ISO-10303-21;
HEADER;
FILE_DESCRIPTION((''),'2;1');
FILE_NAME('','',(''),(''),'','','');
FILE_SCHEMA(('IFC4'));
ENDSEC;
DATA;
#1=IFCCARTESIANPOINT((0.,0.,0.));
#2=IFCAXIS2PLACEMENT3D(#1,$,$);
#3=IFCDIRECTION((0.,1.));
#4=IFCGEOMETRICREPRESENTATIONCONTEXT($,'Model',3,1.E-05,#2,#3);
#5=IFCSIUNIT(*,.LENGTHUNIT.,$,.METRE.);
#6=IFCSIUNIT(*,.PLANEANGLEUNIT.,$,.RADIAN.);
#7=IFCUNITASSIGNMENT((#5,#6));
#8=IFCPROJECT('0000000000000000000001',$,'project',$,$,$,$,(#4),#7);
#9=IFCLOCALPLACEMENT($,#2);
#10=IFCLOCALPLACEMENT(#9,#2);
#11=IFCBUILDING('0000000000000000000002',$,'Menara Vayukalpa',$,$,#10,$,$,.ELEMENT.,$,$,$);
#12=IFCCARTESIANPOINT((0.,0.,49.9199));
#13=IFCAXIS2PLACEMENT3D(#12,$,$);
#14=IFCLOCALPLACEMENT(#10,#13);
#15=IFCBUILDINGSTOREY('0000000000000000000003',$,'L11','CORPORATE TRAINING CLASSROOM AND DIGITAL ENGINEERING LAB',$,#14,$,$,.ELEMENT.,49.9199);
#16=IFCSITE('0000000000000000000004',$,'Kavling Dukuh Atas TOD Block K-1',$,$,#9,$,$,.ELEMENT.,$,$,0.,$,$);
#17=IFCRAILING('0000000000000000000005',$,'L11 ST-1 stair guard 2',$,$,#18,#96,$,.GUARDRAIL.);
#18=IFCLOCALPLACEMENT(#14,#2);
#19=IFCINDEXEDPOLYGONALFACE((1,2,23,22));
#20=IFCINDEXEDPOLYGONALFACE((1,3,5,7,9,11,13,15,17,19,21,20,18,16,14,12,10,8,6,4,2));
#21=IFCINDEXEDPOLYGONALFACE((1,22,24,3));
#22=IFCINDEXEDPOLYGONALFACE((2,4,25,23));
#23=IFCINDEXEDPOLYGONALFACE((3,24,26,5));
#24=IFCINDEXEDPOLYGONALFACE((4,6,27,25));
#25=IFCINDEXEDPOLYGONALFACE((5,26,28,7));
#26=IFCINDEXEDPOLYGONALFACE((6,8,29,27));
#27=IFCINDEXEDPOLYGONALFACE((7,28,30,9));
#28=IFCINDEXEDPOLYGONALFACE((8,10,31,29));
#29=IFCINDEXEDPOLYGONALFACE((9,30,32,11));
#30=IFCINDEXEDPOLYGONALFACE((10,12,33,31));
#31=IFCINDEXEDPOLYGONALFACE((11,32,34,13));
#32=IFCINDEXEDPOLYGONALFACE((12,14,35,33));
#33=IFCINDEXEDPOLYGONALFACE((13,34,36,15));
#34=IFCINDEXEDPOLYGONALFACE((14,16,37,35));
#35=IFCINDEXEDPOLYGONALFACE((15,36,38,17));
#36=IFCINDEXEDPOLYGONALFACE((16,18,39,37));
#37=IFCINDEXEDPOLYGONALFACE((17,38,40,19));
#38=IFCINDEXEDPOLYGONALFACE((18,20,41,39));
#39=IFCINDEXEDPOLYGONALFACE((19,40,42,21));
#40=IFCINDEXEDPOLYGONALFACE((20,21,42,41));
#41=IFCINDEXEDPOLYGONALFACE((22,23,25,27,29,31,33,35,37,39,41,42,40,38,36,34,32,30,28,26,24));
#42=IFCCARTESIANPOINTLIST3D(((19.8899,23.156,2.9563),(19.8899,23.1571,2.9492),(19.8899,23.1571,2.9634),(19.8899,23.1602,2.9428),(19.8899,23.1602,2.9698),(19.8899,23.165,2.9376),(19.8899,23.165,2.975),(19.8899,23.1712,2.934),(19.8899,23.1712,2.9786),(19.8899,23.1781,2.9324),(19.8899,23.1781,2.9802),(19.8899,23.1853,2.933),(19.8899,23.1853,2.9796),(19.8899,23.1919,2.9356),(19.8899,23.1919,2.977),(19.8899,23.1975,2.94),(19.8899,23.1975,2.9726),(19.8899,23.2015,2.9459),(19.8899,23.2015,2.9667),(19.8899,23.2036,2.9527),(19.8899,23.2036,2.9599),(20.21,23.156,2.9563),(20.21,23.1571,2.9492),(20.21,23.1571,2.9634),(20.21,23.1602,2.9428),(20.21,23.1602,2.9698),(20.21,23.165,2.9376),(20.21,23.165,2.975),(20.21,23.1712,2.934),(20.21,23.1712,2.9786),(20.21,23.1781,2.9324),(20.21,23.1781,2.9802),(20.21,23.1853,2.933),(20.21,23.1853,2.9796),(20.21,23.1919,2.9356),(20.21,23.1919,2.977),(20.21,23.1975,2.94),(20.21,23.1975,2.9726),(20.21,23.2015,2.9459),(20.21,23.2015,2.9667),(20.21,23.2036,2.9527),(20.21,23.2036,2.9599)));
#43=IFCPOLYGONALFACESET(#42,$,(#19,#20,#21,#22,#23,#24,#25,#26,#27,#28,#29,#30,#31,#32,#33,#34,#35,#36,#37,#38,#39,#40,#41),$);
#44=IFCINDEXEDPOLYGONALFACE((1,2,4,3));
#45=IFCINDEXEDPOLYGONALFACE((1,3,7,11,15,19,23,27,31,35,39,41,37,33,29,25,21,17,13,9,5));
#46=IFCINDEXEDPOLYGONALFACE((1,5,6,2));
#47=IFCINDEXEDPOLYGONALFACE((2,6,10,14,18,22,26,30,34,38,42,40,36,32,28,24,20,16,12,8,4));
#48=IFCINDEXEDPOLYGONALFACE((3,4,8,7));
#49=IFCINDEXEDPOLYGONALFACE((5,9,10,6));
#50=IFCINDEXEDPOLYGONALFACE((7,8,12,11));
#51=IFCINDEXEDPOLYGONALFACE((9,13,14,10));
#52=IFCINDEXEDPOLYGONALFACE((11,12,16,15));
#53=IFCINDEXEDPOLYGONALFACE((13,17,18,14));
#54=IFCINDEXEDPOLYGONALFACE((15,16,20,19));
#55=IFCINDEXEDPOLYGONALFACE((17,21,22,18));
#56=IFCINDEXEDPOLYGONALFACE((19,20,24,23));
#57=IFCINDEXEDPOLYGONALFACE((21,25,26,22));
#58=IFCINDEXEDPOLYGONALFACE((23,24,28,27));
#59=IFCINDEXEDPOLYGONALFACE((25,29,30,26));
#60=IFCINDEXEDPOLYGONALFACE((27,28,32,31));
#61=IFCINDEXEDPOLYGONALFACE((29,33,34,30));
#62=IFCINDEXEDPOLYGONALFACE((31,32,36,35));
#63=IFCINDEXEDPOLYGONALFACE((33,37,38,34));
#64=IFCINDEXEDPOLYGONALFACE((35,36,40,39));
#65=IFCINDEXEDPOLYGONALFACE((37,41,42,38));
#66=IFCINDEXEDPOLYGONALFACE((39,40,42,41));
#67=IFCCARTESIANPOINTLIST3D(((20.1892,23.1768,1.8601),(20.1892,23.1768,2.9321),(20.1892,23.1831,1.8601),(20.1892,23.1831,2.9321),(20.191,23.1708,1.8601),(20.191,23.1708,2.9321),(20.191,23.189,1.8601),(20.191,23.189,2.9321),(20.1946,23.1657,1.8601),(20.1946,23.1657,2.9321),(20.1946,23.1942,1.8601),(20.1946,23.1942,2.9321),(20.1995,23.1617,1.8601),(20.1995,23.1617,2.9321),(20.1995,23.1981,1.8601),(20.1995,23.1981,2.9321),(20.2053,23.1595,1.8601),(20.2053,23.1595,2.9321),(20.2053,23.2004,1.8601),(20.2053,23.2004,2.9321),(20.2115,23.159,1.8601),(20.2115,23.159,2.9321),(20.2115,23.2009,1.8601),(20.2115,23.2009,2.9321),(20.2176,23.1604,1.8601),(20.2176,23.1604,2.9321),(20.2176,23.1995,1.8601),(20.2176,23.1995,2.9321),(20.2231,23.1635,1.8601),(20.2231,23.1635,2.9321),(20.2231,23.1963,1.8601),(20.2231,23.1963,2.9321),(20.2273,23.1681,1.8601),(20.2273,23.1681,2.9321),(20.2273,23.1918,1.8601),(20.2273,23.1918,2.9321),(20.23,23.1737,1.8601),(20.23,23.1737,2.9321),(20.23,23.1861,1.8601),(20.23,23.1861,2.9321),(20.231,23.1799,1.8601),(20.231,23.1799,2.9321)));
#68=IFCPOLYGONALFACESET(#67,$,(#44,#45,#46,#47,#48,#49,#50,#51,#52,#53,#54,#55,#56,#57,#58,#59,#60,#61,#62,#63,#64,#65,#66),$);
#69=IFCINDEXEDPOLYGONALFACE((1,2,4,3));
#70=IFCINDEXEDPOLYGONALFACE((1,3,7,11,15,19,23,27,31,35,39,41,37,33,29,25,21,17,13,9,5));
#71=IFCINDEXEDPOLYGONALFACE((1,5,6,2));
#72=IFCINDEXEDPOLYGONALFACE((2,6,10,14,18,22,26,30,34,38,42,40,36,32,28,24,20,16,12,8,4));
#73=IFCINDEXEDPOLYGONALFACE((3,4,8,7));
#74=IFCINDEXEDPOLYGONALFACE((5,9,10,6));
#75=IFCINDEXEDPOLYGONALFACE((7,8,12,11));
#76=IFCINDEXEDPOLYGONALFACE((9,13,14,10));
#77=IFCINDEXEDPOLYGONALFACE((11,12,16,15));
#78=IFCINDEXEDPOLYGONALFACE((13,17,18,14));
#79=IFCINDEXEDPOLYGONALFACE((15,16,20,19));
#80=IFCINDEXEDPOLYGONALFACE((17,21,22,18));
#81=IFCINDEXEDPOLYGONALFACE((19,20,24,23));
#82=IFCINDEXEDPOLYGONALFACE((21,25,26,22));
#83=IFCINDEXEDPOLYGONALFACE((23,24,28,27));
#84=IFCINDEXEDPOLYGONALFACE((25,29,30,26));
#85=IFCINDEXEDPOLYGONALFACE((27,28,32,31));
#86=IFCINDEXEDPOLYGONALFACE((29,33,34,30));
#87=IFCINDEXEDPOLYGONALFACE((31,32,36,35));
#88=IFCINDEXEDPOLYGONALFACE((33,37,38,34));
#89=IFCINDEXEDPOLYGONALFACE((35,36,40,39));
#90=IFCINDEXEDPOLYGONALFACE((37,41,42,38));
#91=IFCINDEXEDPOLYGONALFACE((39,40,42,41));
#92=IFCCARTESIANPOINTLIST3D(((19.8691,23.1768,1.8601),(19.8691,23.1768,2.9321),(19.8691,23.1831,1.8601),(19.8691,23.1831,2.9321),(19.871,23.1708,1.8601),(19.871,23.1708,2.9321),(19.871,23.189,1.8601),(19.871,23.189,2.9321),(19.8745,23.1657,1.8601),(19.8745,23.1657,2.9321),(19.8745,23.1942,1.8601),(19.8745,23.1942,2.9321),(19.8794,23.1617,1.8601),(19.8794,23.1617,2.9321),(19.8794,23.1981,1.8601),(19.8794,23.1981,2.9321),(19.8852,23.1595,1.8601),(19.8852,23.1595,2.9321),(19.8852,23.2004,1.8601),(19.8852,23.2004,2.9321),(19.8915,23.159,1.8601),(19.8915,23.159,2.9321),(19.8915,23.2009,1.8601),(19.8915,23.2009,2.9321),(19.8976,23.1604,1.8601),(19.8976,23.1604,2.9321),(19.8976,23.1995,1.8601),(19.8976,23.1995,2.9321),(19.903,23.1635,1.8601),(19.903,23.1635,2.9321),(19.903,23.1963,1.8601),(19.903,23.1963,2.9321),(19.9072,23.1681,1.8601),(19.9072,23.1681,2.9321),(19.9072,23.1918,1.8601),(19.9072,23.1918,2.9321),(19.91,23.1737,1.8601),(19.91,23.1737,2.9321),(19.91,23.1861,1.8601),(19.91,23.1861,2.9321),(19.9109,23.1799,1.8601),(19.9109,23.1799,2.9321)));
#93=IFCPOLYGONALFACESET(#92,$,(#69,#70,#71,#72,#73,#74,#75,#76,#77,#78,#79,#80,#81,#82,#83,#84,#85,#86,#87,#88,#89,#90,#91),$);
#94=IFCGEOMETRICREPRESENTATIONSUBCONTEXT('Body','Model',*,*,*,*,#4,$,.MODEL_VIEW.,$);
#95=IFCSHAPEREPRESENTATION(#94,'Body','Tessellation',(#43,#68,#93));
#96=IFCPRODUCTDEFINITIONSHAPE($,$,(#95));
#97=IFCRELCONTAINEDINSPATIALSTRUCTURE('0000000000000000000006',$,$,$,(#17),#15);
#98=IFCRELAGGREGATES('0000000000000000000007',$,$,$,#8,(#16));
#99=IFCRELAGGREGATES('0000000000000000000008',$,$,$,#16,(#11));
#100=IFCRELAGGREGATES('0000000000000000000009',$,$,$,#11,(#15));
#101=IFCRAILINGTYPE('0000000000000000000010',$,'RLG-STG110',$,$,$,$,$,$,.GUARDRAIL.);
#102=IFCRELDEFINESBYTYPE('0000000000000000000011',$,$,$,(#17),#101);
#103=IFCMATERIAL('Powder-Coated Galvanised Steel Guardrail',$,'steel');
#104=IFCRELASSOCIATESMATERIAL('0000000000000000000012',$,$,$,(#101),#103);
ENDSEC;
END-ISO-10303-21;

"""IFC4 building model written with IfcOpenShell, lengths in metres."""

from ifc_helpers import new_model, si_unit, direction, frame, origin, origin_2d, place, context, subcontext, project, spatial, circle, extrude, material, type_object, element, save


model = new_model("IFC4")

# Units and contexts
model_context = context("Model", 3, precision=1e-05, world=origin(), true_north=direction((0.0, 1.0)))
body_context = subcontext(model_context, "Body", "Model", "MODEL_VIEW")
ifc_project = project(units=[si_unit("LENGTHUNIT", "METRE"), si_unit("PLANEANGLEUNIT", "RADIAN")], contexts=[model_context])

# Site, building, storey
site_placement = place(None, origin())
site = spatial("IfcSite", under=ifc_project, at=site_placement, Name="Kavling Dukuh Atas TOD Block K-1", CompositionType="ELEMENT", RefElevation=0.0)
building_placement = place(site_placement, origin())
building = spatial("IfcBuilding", under=site, at=building_placement, Name="Menara Vayukalpa", CompositionType="ELEMENT")
storey_placement = place(building_placement, frame((0.0, 0.0, 49.9199)))
storey = spatial("IfcBuildingStorey", under=building, at=storey_placement, Name="L11", Description="CORPORATE TRAINING CLASSROOM AND DIGITAL ENGINEERING LAB", CompositionType="ELEMENT", Elevation=49.9199)

# Railing
ifc_material_1 = material(Name="Powder-Coated Galvanised Steel Guardrail", Category="steel")
railing_type_1 = type_object("IfcRailingType", Name="RLG-STG110", PredefinedType="GUARDRAIL", material=ifc_material_1)
railing_1_placement = place(storey_placement, frame((20.21, 23.1799, 1.8601)))
element("IfcRailing", 1, at=railing_1_placement, inside=storey, type_object=railing_type_1, Name="L11 ST-1 stair guard 2", PredefinedType="GUARDRAIL", context=body_context, shape_type="SweptSolid", body=[
    extrude(circle(Radius=0.0239, at=origin_2d()), frame((0.0, 0.0, 1.0962), z_axis=(-1.0, 0.0, 0.0), x_axis=(0.0, -1.0, 0.0)), (0.0, 0.0, 1.0), 0.3201),
    extrude(circle(Radius=0.021, at=origin_2d()), origin(), (0.0, 0.0, 1.0), 1.072),
    extrude(circle(Radius=0.021, at=origin_2d()), frame((-0.3201, 0.0, 0.0)), (0.0, 0.0, 1.0), 1.072),
])

save(model, "model.ifc")
